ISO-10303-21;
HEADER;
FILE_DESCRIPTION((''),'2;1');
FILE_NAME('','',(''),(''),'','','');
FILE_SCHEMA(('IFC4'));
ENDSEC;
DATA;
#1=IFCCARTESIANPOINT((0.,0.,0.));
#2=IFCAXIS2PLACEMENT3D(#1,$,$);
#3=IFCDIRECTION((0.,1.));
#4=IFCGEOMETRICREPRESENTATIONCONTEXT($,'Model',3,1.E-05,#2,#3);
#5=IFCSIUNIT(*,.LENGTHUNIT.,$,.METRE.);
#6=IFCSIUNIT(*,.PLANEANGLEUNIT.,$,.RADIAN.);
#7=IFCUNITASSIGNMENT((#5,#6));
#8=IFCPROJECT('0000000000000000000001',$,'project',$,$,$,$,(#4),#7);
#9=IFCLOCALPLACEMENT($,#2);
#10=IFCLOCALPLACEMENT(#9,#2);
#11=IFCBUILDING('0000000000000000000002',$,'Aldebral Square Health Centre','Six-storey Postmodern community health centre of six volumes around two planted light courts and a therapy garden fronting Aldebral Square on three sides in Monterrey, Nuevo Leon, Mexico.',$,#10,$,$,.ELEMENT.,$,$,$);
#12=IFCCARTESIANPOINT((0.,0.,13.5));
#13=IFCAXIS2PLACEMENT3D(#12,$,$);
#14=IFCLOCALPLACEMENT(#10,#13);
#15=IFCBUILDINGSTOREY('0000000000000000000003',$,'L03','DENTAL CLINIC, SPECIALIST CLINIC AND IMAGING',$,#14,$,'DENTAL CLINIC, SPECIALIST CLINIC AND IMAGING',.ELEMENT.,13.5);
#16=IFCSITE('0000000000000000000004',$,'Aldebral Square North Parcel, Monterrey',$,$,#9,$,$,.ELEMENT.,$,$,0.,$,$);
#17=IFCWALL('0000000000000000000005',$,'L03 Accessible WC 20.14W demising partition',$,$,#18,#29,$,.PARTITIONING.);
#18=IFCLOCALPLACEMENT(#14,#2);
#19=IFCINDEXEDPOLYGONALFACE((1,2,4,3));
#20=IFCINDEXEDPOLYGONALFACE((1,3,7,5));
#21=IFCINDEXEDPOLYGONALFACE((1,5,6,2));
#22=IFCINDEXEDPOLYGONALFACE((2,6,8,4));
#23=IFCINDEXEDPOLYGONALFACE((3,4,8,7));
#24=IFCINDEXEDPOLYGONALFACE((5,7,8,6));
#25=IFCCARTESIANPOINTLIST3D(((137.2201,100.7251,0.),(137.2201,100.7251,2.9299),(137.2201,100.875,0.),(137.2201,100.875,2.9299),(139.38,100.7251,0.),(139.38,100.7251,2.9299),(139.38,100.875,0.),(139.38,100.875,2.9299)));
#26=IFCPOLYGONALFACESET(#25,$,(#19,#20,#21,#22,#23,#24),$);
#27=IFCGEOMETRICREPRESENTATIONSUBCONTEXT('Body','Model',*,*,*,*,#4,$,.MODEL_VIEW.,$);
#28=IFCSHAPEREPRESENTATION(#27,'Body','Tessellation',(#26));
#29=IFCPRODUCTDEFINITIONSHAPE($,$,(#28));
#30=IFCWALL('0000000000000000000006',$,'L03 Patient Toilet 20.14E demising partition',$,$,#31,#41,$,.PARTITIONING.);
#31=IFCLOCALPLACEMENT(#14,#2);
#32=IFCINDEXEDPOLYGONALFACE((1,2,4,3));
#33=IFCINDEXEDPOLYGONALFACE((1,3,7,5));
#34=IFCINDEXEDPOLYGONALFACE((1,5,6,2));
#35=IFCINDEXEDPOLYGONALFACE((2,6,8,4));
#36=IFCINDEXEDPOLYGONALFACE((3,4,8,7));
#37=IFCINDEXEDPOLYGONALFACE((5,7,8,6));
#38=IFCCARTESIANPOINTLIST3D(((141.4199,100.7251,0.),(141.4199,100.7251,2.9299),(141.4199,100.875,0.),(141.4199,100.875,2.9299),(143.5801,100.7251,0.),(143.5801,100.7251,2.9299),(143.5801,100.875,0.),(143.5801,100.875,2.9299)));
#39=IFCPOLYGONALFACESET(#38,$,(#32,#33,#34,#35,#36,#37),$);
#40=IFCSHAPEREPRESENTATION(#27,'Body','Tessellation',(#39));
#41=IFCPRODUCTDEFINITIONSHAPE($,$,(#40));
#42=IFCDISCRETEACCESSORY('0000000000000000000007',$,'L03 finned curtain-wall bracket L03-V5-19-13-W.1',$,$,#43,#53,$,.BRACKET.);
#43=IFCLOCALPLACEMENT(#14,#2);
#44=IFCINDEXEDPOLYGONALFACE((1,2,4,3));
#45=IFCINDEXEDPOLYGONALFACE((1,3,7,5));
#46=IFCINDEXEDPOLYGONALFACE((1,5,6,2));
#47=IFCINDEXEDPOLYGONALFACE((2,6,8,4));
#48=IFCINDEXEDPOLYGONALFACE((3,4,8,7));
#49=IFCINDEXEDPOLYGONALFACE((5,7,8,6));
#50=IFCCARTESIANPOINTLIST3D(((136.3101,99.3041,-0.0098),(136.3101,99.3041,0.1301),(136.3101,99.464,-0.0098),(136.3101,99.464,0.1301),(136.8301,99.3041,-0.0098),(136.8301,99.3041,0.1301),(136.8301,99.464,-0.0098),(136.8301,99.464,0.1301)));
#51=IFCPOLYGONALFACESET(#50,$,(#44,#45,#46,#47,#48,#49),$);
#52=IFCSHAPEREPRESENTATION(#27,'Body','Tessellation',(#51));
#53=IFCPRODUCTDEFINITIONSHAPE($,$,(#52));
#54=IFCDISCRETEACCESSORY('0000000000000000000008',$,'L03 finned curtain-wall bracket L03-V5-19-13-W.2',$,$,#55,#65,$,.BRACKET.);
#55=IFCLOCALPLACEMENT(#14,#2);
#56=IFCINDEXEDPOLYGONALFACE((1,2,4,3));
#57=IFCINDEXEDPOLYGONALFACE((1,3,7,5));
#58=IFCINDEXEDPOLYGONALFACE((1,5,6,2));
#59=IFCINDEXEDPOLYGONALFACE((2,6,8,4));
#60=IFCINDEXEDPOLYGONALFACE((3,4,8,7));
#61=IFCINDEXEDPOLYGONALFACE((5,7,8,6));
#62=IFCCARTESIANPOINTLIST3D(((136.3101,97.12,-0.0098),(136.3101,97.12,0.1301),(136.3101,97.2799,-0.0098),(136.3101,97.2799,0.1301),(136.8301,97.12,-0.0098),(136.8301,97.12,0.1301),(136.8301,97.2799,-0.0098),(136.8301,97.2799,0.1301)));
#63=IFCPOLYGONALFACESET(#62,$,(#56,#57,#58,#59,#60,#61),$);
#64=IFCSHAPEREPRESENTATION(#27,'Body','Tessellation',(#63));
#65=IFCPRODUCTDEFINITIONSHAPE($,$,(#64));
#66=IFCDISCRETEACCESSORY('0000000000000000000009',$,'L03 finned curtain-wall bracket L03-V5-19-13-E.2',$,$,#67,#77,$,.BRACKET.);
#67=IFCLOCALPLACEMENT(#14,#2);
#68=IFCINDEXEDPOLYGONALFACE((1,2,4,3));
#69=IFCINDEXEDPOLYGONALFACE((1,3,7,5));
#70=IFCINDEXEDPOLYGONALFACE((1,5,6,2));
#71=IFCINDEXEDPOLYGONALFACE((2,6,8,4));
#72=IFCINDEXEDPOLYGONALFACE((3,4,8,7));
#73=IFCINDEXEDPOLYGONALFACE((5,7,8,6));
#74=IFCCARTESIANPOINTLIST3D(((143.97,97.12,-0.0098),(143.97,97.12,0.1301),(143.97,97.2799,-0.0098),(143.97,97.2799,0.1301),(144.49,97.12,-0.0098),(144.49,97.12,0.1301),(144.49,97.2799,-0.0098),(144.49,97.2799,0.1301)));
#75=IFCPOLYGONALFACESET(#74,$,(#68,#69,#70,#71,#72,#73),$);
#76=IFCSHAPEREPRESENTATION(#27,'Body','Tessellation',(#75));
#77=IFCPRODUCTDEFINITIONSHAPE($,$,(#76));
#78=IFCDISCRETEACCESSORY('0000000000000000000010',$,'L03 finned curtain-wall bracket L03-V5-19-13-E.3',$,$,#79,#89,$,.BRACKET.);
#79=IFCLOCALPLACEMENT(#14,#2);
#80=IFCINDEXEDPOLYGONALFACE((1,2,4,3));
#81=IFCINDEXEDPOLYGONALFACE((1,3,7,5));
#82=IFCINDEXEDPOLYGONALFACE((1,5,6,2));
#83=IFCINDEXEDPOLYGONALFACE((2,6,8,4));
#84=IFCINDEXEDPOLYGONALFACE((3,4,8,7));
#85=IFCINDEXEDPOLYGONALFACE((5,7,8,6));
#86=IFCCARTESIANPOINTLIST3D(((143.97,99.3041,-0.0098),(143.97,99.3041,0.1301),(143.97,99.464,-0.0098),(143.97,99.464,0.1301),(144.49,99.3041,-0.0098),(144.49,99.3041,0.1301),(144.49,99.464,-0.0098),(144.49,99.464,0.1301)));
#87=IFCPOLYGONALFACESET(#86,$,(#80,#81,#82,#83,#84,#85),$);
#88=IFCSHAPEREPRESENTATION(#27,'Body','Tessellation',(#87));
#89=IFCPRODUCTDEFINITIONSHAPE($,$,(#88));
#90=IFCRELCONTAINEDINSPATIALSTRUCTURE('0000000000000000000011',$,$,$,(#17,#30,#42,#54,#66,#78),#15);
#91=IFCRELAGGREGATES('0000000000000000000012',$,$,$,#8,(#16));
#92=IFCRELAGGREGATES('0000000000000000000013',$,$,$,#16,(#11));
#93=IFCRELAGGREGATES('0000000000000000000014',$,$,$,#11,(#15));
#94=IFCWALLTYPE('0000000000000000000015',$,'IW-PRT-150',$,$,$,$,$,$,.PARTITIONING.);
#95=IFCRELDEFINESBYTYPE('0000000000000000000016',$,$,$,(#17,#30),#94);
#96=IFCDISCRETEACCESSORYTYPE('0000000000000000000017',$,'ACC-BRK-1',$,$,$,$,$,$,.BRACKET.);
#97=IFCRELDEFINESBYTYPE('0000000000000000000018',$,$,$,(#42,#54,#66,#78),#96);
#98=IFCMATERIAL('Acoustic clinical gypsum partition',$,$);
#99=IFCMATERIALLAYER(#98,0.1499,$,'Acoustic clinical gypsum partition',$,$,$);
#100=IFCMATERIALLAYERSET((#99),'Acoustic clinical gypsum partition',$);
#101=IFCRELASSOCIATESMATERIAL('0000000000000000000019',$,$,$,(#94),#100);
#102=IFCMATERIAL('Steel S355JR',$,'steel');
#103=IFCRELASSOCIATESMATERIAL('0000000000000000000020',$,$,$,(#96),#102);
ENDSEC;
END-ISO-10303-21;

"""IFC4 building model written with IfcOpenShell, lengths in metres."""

from ifc_helpers import new_model, si_unit, direction, frame, frame_2d, origin, origin_2d, place, context, subcontext, project, spatial, rectangle, extrude, material, layer, layer_set, type_object, element, save


model = new_model("IFC4")

# Units and contexts
model_context = context("Model", 3, precision=1e-05, world=origin(), true_north=direction((0.0, 1.0)))
body_context = subcontext(model_context, "Body", "Model", "MODEL_VIEW")
ifc_project = project(units=[si_unit("LENGTHUNIT", "METRE"), si_unit("PLANEANGLEUNIT", "RADIAN")], contexts=[model_context])

# Site, building, storey
site_placement = place(None, origin())
site = spatial("IfcSite", under=ifc_project, at=site_placement, Name="Aldebral Square North Parcel, Monterrey", CompositionType="ELEMENT", RefElevation=0.0)
building_placement = place(site_placement, origin())
building = spatial("IfcBuilding", under=site, at=building_placement, Name="Aldebral Square Health Centre", Description="Six-storey Postmodern community health centre of six volumes around two planted light courts and a therapy garden fronting Aldebral Square on three sides in Monterrey, Nuevo Leon, Mexico.", CompositionType="ELEMENT")
storey_placement = place(building_placement, frame((0.0, 0.0, 13.5)))
storey = spatial("IfcBuildingStorey", under=building, at=storey_placement, Name="L03", Description="DENTAL CLINIC, SPECIALIST CLINIC AND IMAGING", LongName="DENTAL CLINIC, SPECIALIST CLINIC AND IMAGING", CompositionType="ELEMENT", Elevation=13.5)

# Walls
ifc_material_1 = material(Name="Acoustic clinical gypsum partition")
ifc_layer_1 = layer(ifc_material_1, 0.1499, Name="Acoustic clinical gypsum partition")
ifc_layer_set_1 = layer_set([ifc_layer_1], Name="Acoustic clinical gypsum partition")
wall_type_1 = type_object("IfcWallType", Name="IW-PRT-150", PredefinedType="PARTITIONING", material=ifc_layer_set_1)
wall_1_placement = place(storey_placement, frame((137.22, 100.8, 0.0), z_axis=(0.0, 0.0, 1.0), x_axis=(1.0, 0.0, 0.0)))
element("IfcWall", 1, at=wall_1_placement, inside=storey, type_object=wall_type_1, Name="L03 Accessible WC 20.14W demising partition", PredefinedType="PARTITIONING", context=body_context, shape_type="SweptSolid", body=[
    extrude(rectangle(XDim=2.1599, YDim=0.1499, at=frame_2d((1.0801, 0.0))), origin(), (0.0, 0.0, 1.0), 2.9299),
])
wall_2_placement = place(storey_placement, frame((141.4199, 100.8, 0.0), z_axis=(0.0, 0.0, 1.0), x_axis=(1.0, 0.0, 0.0)))
element("IfcWall", 2, at=wall_2_placement, inside=storey, type_object=wall_type_1, Name="L03 Patient Toilet 20.14E demising partition", PredefinedType="PARTITIONING", context=body_context, shape_type="SweptSolid", body=[
    extrude(rectangle(XDim=2.1602, YDim=0.1499, at=frame_2d((1.0801, 0.0))), origin(), (0.0, 0.0, 1.0), 2.9299),
])

# Discrete accessories
ifc_material_2 = material(Name="Steel S355JR", Category="steel")
discrete_accessory_type = type_object("IfcDiscreteAccessoryType", Name="ACC-BRK-1", PredefinedType="BRACKET", material=ifc_material_2)
for number, where, z_axis, x_axis, name in (
    (3, (136.5701, 99.384, -0.0098), (0.0, 0.0, 1.0), (0.0, 1.0, 0.0), "L03 finned curtain-wall bracket L03-V5-19-13-W.1"),
    (4, (136.5701, 97.2, -0.0098), (0.0, 0.0, 1.0), (0.0, 1.0, 0.0), "L03 finned curtain-wall bracket L03-V5-19-13-W.2"),
    (5, (144.23, 97.2, -0.0098), (0.0, 0.0, 1.0), (0.0, 1.0, 0.0), "L03 finned curtain-wall bracket L03-V5-19-13-E.2"),
    (6, (144.23, 99.384, -0.0098), (0.0, 0.0, 1.0), (0.0, 1.0, 0.0), "L03 finned curtain-wall bracket L03-V5-19-13-E.3"),
):
    element("IfcDiscreteAccessory", number, at=place(storey_placement, frame(where, z_axis=z_axis, x_axis=x_axis)), inside=storey, type_object=discrete_accessory_type, Name=name, PredefinedType="BRACKET", context=body_context, shape_type="SweptSolid", body=[
        extrude(rectangle(XDim=0.1599, YDim=0.52, at=origin_2d()), origin(), (0.0, 0.0, 1.0), 0.1399),
    ])

save(model, "model.ifc")
